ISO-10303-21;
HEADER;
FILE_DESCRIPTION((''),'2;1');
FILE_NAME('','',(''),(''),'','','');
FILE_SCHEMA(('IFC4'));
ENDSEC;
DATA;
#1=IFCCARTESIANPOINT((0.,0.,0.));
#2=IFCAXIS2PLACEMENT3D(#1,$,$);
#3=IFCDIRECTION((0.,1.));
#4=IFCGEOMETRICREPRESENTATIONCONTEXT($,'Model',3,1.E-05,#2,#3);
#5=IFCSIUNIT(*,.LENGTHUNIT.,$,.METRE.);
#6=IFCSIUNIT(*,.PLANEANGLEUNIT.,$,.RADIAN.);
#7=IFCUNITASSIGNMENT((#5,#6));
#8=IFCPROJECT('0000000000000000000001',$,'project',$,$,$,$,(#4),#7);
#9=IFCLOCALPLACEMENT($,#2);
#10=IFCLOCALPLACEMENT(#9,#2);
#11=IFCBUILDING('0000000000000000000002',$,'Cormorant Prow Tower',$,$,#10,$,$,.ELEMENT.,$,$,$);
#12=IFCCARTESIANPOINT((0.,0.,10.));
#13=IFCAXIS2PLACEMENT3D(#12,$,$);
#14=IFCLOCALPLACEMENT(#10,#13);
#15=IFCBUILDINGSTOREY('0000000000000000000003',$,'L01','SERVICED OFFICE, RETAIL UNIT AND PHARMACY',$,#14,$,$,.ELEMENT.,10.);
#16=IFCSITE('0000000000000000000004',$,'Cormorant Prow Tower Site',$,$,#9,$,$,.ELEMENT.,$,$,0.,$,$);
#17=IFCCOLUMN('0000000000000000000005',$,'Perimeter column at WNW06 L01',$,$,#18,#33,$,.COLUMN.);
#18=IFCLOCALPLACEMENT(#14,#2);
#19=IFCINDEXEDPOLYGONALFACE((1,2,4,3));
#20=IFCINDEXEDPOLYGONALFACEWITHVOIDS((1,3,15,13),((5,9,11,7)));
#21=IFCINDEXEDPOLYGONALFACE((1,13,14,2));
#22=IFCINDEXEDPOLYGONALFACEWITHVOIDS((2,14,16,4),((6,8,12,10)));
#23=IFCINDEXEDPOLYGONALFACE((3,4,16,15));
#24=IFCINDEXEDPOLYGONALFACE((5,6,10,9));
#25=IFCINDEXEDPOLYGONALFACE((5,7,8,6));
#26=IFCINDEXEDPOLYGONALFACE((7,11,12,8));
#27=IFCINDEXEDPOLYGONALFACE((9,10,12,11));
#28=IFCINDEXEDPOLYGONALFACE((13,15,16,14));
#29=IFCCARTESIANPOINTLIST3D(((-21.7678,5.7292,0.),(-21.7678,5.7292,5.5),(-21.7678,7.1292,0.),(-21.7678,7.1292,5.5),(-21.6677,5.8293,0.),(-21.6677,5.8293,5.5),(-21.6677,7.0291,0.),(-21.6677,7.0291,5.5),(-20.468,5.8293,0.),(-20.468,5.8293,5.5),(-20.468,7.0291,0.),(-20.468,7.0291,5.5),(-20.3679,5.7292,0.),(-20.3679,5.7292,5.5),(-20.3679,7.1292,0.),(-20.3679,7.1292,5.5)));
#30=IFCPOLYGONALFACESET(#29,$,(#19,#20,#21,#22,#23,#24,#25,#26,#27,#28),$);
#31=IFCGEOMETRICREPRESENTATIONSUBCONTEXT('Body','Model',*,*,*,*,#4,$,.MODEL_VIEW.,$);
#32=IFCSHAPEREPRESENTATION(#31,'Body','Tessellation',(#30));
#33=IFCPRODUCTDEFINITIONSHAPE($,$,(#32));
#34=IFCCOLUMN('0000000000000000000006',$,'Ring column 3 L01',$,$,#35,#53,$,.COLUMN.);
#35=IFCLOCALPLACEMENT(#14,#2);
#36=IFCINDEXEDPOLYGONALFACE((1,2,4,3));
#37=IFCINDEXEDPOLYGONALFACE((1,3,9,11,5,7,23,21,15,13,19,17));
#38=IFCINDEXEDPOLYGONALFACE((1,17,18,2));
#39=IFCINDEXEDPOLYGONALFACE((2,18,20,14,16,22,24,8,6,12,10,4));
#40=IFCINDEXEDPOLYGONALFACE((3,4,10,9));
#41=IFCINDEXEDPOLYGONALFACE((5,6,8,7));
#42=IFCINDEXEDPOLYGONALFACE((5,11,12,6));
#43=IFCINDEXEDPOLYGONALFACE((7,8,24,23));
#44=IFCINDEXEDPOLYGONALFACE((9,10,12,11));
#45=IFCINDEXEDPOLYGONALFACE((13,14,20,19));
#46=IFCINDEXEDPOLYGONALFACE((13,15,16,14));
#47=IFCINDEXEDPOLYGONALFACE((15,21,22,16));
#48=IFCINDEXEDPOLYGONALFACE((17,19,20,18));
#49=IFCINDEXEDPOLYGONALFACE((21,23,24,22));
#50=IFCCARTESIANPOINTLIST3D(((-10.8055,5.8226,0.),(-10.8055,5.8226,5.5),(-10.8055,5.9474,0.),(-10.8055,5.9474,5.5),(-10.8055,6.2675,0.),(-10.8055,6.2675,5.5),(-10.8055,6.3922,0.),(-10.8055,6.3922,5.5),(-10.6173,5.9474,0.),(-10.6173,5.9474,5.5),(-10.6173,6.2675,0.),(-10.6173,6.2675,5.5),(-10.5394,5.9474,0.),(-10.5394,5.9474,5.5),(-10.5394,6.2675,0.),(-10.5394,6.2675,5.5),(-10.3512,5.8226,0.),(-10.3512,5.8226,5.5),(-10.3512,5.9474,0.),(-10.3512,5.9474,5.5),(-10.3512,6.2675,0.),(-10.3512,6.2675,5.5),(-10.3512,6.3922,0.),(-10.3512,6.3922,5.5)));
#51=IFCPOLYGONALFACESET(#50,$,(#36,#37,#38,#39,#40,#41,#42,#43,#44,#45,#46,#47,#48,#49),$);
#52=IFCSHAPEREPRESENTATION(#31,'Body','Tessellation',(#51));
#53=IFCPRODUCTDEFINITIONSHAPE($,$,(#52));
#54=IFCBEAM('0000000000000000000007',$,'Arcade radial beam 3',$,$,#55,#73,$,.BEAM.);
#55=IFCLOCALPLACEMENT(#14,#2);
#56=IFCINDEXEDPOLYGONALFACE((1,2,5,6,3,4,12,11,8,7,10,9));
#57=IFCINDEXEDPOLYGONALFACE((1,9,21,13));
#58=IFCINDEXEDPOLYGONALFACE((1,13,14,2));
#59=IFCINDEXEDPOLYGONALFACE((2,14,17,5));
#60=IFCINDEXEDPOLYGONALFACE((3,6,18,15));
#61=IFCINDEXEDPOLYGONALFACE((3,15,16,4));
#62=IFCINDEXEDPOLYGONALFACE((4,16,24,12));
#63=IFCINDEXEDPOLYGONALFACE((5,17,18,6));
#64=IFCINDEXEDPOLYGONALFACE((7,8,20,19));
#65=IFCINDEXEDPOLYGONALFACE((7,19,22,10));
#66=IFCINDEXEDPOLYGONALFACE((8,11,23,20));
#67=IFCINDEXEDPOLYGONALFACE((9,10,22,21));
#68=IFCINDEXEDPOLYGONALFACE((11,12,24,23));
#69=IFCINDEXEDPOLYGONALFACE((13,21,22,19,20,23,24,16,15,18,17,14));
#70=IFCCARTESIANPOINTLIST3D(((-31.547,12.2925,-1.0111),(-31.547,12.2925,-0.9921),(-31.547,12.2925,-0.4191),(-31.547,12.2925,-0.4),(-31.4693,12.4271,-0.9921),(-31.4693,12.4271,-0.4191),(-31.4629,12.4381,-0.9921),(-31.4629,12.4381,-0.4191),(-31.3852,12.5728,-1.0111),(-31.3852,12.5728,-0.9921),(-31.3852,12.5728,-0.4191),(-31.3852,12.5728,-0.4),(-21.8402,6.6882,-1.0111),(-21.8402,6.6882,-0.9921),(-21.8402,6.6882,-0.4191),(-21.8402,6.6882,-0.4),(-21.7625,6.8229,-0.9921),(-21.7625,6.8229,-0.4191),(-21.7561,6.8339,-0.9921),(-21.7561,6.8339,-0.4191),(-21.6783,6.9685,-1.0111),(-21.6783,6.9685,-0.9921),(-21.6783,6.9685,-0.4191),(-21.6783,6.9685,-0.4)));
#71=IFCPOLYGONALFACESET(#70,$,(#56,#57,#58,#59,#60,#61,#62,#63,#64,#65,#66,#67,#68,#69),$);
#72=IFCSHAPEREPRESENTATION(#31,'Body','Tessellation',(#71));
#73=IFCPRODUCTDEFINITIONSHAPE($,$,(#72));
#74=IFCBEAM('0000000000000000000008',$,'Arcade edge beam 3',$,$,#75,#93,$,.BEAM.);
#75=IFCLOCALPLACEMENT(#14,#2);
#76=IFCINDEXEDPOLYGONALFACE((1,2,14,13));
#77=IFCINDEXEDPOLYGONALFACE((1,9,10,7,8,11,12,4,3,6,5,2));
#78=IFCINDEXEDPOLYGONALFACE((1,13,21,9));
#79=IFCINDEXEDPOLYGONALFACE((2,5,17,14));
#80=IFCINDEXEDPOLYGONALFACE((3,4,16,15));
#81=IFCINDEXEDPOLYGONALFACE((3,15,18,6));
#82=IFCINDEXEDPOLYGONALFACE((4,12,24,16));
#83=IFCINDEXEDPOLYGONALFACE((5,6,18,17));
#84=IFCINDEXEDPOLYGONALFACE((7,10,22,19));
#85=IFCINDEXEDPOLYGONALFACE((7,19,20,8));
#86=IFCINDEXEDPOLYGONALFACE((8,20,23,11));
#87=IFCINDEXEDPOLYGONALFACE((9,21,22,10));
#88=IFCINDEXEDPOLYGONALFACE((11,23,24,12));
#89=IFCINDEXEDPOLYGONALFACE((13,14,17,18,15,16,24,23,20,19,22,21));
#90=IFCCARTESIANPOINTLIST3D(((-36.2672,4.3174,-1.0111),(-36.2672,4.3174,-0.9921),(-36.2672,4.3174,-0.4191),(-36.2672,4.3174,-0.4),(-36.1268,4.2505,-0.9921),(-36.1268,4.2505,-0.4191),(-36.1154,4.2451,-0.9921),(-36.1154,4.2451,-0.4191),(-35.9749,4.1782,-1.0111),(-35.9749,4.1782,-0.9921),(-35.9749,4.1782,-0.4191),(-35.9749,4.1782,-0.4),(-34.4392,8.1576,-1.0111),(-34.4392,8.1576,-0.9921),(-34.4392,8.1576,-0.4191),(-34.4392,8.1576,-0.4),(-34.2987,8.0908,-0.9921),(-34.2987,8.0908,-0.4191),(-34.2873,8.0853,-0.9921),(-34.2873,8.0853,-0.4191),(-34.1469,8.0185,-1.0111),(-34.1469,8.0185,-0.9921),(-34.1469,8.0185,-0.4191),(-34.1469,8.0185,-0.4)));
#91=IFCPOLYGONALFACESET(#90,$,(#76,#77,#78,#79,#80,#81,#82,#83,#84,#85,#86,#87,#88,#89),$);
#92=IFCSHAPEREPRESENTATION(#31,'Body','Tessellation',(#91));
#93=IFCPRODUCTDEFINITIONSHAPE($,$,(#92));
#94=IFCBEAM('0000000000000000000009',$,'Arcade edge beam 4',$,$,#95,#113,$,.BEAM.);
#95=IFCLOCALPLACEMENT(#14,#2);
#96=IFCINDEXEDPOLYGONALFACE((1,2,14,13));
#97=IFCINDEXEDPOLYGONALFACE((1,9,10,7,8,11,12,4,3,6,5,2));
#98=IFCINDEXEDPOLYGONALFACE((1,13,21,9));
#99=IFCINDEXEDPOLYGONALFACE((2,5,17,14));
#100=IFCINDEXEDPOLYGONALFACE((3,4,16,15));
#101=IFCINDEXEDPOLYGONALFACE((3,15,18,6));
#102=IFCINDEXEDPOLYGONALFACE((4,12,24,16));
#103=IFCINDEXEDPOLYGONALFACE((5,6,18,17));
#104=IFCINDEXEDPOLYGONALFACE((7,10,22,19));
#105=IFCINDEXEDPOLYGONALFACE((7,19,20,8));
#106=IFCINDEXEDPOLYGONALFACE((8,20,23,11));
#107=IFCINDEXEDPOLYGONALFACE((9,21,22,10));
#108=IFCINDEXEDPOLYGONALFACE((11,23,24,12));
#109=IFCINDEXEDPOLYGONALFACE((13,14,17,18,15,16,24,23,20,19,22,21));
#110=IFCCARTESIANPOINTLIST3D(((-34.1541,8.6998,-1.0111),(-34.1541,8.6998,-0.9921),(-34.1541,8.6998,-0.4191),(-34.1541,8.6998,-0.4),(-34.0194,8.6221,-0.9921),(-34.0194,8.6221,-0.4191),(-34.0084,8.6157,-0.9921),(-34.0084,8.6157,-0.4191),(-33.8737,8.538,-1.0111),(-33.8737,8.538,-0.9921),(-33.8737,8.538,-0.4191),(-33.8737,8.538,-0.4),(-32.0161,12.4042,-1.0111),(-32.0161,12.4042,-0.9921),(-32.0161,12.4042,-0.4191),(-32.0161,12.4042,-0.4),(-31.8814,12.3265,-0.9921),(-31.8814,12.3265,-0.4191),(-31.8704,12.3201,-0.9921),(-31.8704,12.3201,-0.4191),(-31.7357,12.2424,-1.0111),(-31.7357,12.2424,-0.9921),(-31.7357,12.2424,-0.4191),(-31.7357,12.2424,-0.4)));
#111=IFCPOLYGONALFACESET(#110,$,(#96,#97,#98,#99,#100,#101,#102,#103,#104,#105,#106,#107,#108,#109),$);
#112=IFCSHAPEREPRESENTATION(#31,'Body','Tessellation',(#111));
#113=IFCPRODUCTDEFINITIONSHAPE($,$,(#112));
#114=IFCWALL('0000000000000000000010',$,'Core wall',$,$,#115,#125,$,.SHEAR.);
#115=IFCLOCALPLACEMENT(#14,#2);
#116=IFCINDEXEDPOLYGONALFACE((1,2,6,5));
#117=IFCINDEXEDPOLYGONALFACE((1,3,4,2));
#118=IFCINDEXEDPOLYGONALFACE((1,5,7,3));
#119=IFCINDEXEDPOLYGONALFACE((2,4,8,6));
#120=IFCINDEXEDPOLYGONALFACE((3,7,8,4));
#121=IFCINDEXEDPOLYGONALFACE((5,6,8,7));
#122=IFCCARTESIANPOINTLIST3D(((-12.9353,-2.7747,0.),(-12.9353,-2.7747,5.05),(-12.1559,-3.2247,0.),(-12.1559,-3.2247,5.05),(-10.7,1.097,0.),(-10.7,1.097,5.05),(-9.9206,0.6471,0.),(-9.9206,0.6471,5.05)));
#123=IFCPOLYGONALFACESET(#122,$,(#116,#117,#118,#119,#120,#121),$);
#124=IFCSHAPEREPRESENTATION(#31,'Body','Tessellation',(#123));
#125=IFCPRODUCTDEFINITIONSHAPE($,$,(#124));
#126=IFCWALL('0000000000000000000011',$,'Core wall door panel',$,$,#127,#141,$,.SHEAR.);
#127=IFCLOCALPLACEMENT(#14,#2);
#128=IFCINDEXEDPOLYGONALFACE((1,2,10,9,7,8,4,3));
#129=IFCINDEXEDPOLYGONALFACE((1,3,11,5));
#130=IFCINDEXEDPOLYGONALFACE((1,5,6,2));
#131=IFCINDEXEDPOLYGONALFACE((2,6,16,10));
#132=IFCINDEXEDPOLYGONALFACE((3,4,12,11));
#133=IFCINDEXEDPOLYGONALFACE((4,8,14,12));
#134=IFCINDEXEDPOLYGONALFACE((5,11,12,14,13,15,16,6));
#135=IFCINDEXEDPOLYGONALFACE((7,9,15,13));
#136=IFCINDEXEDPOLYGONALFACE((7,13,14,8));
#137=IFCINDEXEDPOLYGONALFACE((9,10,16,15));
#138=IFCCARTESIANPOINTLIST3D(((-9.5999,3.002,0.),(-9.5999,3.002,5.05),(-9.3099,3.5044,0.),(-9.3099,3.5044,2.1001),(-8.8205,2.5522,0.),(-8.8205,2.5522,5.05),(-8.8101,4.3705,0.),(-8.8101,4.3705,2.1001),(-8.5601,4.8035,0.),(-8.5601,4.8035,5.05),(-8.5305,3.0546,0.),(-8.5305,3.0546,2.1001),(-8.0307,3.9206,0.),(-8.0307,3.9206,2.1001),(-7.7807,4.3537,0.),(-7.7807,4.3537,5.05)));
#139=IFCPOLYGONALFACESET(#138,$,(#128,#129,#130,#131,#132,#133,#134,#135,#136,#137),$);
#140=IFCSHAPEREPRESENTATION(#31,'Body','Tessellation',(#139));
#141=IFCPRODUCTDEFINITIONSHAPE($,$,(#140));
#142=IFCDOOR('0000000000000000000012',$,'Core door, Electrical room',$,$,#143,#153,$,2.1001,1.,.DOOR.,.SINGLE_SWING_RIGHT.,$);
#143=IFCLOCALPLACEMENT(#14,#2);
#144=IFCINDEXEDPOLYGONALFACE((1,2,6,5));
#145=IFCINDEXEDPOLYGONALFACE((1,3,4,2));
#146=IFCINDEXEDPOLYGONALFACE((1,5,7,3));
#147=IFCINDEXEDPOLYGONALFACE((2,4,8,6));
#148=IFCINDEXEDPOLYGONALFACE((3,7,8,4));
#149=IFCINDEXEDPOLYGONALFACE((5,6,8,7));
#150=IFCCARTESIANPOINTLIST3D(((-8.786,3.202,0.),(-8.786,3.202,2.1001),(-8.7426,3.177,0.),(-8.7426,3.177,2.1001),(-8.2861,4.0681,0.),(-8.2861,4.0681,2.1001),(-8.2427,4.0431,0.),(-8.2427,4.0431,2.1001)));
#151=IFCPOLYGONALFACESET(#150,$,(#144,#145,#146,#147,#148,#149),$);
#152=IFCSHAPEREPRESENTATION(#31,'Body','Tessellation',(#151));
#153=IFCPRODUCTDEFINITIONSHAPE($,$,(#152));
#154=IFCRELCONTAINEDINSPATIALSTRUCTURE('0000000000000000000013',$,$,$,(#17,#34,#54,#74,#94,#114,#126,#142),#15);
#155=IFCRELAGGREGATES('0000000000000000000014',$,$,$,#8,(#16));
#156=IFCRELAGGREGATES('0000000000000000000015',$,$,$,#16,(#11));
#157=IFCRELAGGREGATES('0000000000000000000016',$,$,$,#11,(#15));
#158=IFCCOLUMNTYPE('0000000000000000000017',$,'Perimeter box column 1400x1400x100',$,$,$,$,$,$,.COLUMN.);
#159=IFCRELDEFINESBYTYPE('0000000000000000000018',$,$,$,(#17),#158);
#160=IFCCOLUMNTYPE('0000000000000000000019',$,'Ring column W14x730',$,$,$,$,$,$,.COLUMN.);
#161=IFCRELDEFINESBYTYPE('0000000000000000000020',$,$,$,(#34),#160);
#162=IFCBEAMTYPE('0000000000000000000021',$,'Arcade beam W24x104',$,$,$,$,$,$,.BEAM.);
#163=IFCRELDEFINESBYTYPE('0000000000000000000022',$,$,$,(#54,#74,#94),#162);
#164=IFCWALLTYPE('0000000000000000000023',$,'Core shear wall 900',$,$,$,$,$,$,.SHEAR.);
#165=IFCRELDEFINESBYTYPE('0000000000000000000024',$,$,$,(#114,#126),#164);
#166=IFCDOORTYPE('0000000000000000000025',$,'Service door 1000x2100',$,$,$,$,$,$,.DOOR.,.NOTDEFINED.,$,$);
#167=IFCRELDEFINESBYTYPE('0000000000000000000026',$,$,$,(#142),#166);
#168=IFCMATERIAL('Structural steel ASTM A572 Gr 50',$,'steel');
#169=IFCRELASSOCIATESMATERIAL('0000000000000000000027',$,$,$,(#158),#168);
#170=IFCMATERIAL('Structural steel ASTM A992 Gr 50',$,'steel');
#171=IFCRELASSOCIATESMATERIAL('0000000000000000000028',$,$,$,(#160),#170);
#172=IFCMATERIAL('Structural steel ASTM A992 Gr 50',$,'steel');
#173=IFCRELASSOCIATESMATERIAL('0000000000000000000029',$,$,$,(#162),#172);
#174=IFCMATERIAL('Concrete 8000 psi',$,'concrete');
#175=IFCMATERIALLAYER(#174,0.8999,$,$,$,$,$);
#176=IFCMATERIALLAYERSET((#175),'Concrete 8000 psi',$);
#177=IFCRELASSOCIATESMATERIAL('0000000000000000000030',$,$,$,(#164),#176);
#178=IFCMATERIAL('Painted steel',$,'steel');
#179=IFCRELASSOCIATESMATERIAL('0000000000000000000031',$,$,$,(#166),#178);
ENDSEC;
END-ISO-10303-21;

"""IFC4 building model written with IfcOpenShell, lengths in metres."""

from ifc_helpers import new_model, si_unit, direction, frame, frame_2d, origin, origin_2d, place, context, subcontext, project, spatial, rectangle, hollow_rectangle, i_section, extrude, material, layer, layer_set, material_profile, profile_set, type_object, element, fill, save


model = new_model("IFC4")

# Units and contexts
model_context = context("Model", 3, precision=1e-05, world=origin(), true_north=direction((0.0, 1.0)))
body_context = subcontext(model_context, "Body", "Model", "MODEL_VIEW")
ifc_project = project(units=[si_unit("LENGTHUNIT", "METRE"), si_unit("PLANEANGLEUNIT", "RADIAN")], contexts=[model_context])

# Site, building, storey
site_placement = place(None, origin())
site = spatial("IfcSite", under=ifc_project, at=site_placement, Name="Cormorant Prow Tower Site", CompositionType="ELEMENT", RefElevation=0.0)
building_placement = place(site_placement, origin())
building = spatial("IfcBuilding", under=site, at=building_placement, Name="Cormorant Prow Tower", CompositionType="ELEMENT")
storey_placement = place(building_placement, frame((0.0, 0.0, 10.0)))
storey = spatial("IfcBuildingStorey", under=building, at=storey_placement, Name="L01", Description="SERVICED OFFICE, RETAIL UNIT AND PHARMACY", CompositionType="ELEMENT", Elevation=10.0)

# Columns
ifc_material_1 = material(Name="Structural steel ASTM A572 Gr 50", Category="steel")
ifc_material_profile_1 = material_profile(ifc_material_1, hollow_rectangle(XDim=1.3999, YDim=1.3999, WallThickness=0.1001, at=origin_2d()), Name="Box 1400x1400x100")
ifc_profile_set_1 = profile_set([ifc_material_profile_1], Name="Structural steel ASTM A572 Gr 50")
column_type_1 = type_object("IfcColumnType", Name="Perimeter box column 1400x1400x100", PredefinedType="COLUMN", material=ifc_profile_set_1)
column_1_placement = place(storey_placement, frame((-21.0679, 6.4292, 0.0), z_axis=(0.0, 0.0, 1.0), x_axis=(1.0, 0.0, 0.0)))
element("IfcColumn", 1, at=column_1_placement, inside=storey, type_object=column_type_1, Name="Perimeter column at WNW06 L01", PredefinedType="COLUMN", context=body_context, shape_type="SweptSolid", body=[
    extrude(hollow_rectangle(XDim=1.3999, YDim=1.3999, WallThickness=0.1001, at=origin_2d()), origin(), (0.0, 0.0, 1.0), 5.5),
])
ifc_material_2 = material(Name="Structural steel ASTM A992 Gr 50", Category="steel")
ifc_material_profile_2 = material_profile(ifc_material_2, i_section(OverallWidth=0.4543, OverallDepth=0.5696, WebThickness=0.0779, FlangeThickness=0.1248, at=origin_2d()), Name="W14x730")
ifc_profile_set_2 = profile_set([ifc_material_profile_2], Name="Structural steel ASTM A992 Gr 50")
column_type_2 = type_object("IfcColumnType", Name="Ring column W14x730", PredefinedType="COLUMN", material=ifc_profile_set_2)
column_2_placement = place(storey_placement, frame((-10.5784, 6.1074, 0.0), z_axis=(0.0, 0.0, 1.0), x_axis=(1.0, 0.0, 0.0)))
element("IfcColumn", 2, at=column_2_placement, inside=storey, type_object=column_type_2, Name="Ring column 3 L01", PredefinedType="COLUMN", context=body_context, shape_type="SweptSolid", body=[
    extrude(i_section(OverallWidth=0.4543, OverallDepth=0.5696, WebThickness=0.0779, FlangeThickness=0.1248, at=origin_2d()), origin(), (0.0, 0.0, 1.0), 5.5),
])

# Beams
ifc_material_3 = material(Name="Structural steel ASTM A992 Gr 50", Category="steel")
ifc_material_profile_3 = material_profile(ifc_material_3, i_section(OverallWidth=0.3237, OverallDepth=0.6111, WebThickness=0.0127, FlangeThickness=0.019, at=origin_2d()), Name="W24x104")
ifc_profile_set_3 = profile_set([ifc_material_profile_3], Name="Structural steel ASTM A992 Gr 50")
beam_type = type_object("IfcBeamType", Name="Arcade beam W24x104", PredefinedType="BEAM", material=ifc_profile_set_3)
beam_1_placement = place(storey_placement, frame((-21.7593, 6.8284, -0.7056), z_axis=(-0.866024, 0.500002, 0.0), x_axis=(-0.500002, -0.866024, 0.0)))
element("IfcBeam", 3, at=beam_1_placement, inside=storey, type_object=beam_type, Name="Arcade radial beam 3", PredefinedType="BEAM", context=body_context, shape_type="SweptSolid", body=[
    extrude(i_section(OverallWidth=0.3237, OverallDepth=0.6111, WebThickness=0.0127, FlangeThickness=0.019, at=origin_2d()), origin(), (0.0, 0.0, 1.0), 11.2085),
])
beam_2_placement = place(storey_placement, frame((-36.1211, 4.2478, -0.7056), z_axis=(0.429818, 0.902916, 0.0), x_axis=(-0.902916, 0.429818, 0.0)))
element("IfcBeam", 4, at=beam_2_placement, inside=storey, type_object=beam_type, Name="Arcade edge beam 3", PredefinedType="BEAM", context=body_context, shape_type="SweptSolid", body=[
    extrude(i_section(OverallWidth=0.3237, OverallDepth=0.6111, WebThickness=0.0127, FlangeThickness=0.019, at=origin_2d()), origin(), (0.0, 0.0, 1.0), 4.2532),
])
beam_3_placement = place(storey_placement, frame((-34.0139, 8.6189, -0.7056), z_axis=(0.499866, 0.866103, 0.0), x_axis=(-0.866103, 0.499866, 0.0)))
element("IfcBeam", 5, at=beam_3_placement, inside=storey, type_object=beam_type, Name="Arcade edge beam 4", PredefinedType="BEAM", context=body_context, shape_type="SweptSolid", body=[
    extrude(i_section(OverallWidth=0.3237, OverallDepth=0.6111, WebThickness=0.0127, FlangeThickness=0.019, at=origin_2d()), origin(), (0.0, 0.0, 1.0), 4.2771),
])

# Wall
ifc_material_4 = material(Name="Concrete 8000 psi", Category="concrete")
ifc_layer_1 = layer(ifc_material_4, 0.8999)
ifc_layer_set_1 = layer_set([ifc_layer_1], Name="Concrete 8000 psi")
wall_type_1 = type_object("IfcWallType", Name="Core shear wall 900", PredefinedType="SHEAR", material=ifc_layer_set_1)
wall_1_placement = place(storey_placement, frame((-10.3103, 0.8721, 0.0), z_axis=(0.0, 0.0, 1.0), x_axis=(-0.499992, -0.86603, 0.0)))
element("IfcWall", 6, at=wall_1_placement, inside=storey, type_object=wall_type_1, Name="Core wall", PredefinedType="SHEAR", context=body_context, shape_type="SweptSolid", body=[
    extrude(rectangle(XDim=4.4707, YDim=0.8999, at=frame_2d((2.2354, 0.0))), origin(), (0.0, 0.0, 1.0), 5.05),
])

# Wall, opening, door
wall_2_placement = place(storey_placement, frame((-8.1704, 4.5786, 0.0), z_axis=(0.0, 0.0, 1.0), x_axis=(-0.499888, -0.86609, 0.0)))
wall_2 = element("IfcWall", 7, at=wall_2_placement, inside=storey, type_object=wall_type_1, Name="Core wall door panel", PredefinedType="SHEAR", context=body_context, shape_type="SweptSolid", body=[
    extrude(rectangle(XDim=2.0801, YDim=0.8999, at=frame_2d((1.04, 0.0))), origin(), (0.0, 0.0, 1.0), 5.05),
])
opening_1_placement = place(wall_2_placement, frame((0.5, 0.0, 0.0)))
opening_1 = element("IfcOpeningElement", 8, at=opening_1_placement, cuts=wall_2, PredefinedType="OPENING", context=body_context, shape_type="SweptSolid", body=[
    extrude(rectangle(XDim=1.0, YDim=2.1001, at=frame_2d((0.5, 1.05))), frame((0.0, 0.46, 0.0), z_axis=(0.0, -1.0, 0.0), x_axis=(1.0, 0.0, 0.0)), (0.0, 0.0, 1.0), 0.9199),
])
ifc_material_5 = material(Name="Painted steel", Category="steel")
door_type_1 = type_object("IfcDoorType", Name="Service door 1000x2100", OperationType="NOTDEFINED", PredefinedType="DOOR", material=ifc_material_5)
door_1_placement = place(opening_1_placement, origin())
door_1 = element("IfcDoor", 9, at=door_1_placement, inside=storey, type_object=door_type_1, Name="Core door, Electrical room", OperationType="SINGLE_SWING_RIGHT", OverallHeight=2.1001, OverallWidth=1.0, PredefinedType="DOOR", context=body_context, shape_type="SweptSolid", body=[
    extrude(rectangle(XDim=1.0, YDim=2.1001, at=frame_2d((0.5, 1.05))), frame((0.0, 0.2051, 0.0), z_axis=(0.0, -1.0, 0.0), x_axis=(1.0, 0.0, 0.0)), (0.0, 0.0, 1.0), 0.05),
])
fill(opening_1, door_1)

save(model, "model.ifc")
